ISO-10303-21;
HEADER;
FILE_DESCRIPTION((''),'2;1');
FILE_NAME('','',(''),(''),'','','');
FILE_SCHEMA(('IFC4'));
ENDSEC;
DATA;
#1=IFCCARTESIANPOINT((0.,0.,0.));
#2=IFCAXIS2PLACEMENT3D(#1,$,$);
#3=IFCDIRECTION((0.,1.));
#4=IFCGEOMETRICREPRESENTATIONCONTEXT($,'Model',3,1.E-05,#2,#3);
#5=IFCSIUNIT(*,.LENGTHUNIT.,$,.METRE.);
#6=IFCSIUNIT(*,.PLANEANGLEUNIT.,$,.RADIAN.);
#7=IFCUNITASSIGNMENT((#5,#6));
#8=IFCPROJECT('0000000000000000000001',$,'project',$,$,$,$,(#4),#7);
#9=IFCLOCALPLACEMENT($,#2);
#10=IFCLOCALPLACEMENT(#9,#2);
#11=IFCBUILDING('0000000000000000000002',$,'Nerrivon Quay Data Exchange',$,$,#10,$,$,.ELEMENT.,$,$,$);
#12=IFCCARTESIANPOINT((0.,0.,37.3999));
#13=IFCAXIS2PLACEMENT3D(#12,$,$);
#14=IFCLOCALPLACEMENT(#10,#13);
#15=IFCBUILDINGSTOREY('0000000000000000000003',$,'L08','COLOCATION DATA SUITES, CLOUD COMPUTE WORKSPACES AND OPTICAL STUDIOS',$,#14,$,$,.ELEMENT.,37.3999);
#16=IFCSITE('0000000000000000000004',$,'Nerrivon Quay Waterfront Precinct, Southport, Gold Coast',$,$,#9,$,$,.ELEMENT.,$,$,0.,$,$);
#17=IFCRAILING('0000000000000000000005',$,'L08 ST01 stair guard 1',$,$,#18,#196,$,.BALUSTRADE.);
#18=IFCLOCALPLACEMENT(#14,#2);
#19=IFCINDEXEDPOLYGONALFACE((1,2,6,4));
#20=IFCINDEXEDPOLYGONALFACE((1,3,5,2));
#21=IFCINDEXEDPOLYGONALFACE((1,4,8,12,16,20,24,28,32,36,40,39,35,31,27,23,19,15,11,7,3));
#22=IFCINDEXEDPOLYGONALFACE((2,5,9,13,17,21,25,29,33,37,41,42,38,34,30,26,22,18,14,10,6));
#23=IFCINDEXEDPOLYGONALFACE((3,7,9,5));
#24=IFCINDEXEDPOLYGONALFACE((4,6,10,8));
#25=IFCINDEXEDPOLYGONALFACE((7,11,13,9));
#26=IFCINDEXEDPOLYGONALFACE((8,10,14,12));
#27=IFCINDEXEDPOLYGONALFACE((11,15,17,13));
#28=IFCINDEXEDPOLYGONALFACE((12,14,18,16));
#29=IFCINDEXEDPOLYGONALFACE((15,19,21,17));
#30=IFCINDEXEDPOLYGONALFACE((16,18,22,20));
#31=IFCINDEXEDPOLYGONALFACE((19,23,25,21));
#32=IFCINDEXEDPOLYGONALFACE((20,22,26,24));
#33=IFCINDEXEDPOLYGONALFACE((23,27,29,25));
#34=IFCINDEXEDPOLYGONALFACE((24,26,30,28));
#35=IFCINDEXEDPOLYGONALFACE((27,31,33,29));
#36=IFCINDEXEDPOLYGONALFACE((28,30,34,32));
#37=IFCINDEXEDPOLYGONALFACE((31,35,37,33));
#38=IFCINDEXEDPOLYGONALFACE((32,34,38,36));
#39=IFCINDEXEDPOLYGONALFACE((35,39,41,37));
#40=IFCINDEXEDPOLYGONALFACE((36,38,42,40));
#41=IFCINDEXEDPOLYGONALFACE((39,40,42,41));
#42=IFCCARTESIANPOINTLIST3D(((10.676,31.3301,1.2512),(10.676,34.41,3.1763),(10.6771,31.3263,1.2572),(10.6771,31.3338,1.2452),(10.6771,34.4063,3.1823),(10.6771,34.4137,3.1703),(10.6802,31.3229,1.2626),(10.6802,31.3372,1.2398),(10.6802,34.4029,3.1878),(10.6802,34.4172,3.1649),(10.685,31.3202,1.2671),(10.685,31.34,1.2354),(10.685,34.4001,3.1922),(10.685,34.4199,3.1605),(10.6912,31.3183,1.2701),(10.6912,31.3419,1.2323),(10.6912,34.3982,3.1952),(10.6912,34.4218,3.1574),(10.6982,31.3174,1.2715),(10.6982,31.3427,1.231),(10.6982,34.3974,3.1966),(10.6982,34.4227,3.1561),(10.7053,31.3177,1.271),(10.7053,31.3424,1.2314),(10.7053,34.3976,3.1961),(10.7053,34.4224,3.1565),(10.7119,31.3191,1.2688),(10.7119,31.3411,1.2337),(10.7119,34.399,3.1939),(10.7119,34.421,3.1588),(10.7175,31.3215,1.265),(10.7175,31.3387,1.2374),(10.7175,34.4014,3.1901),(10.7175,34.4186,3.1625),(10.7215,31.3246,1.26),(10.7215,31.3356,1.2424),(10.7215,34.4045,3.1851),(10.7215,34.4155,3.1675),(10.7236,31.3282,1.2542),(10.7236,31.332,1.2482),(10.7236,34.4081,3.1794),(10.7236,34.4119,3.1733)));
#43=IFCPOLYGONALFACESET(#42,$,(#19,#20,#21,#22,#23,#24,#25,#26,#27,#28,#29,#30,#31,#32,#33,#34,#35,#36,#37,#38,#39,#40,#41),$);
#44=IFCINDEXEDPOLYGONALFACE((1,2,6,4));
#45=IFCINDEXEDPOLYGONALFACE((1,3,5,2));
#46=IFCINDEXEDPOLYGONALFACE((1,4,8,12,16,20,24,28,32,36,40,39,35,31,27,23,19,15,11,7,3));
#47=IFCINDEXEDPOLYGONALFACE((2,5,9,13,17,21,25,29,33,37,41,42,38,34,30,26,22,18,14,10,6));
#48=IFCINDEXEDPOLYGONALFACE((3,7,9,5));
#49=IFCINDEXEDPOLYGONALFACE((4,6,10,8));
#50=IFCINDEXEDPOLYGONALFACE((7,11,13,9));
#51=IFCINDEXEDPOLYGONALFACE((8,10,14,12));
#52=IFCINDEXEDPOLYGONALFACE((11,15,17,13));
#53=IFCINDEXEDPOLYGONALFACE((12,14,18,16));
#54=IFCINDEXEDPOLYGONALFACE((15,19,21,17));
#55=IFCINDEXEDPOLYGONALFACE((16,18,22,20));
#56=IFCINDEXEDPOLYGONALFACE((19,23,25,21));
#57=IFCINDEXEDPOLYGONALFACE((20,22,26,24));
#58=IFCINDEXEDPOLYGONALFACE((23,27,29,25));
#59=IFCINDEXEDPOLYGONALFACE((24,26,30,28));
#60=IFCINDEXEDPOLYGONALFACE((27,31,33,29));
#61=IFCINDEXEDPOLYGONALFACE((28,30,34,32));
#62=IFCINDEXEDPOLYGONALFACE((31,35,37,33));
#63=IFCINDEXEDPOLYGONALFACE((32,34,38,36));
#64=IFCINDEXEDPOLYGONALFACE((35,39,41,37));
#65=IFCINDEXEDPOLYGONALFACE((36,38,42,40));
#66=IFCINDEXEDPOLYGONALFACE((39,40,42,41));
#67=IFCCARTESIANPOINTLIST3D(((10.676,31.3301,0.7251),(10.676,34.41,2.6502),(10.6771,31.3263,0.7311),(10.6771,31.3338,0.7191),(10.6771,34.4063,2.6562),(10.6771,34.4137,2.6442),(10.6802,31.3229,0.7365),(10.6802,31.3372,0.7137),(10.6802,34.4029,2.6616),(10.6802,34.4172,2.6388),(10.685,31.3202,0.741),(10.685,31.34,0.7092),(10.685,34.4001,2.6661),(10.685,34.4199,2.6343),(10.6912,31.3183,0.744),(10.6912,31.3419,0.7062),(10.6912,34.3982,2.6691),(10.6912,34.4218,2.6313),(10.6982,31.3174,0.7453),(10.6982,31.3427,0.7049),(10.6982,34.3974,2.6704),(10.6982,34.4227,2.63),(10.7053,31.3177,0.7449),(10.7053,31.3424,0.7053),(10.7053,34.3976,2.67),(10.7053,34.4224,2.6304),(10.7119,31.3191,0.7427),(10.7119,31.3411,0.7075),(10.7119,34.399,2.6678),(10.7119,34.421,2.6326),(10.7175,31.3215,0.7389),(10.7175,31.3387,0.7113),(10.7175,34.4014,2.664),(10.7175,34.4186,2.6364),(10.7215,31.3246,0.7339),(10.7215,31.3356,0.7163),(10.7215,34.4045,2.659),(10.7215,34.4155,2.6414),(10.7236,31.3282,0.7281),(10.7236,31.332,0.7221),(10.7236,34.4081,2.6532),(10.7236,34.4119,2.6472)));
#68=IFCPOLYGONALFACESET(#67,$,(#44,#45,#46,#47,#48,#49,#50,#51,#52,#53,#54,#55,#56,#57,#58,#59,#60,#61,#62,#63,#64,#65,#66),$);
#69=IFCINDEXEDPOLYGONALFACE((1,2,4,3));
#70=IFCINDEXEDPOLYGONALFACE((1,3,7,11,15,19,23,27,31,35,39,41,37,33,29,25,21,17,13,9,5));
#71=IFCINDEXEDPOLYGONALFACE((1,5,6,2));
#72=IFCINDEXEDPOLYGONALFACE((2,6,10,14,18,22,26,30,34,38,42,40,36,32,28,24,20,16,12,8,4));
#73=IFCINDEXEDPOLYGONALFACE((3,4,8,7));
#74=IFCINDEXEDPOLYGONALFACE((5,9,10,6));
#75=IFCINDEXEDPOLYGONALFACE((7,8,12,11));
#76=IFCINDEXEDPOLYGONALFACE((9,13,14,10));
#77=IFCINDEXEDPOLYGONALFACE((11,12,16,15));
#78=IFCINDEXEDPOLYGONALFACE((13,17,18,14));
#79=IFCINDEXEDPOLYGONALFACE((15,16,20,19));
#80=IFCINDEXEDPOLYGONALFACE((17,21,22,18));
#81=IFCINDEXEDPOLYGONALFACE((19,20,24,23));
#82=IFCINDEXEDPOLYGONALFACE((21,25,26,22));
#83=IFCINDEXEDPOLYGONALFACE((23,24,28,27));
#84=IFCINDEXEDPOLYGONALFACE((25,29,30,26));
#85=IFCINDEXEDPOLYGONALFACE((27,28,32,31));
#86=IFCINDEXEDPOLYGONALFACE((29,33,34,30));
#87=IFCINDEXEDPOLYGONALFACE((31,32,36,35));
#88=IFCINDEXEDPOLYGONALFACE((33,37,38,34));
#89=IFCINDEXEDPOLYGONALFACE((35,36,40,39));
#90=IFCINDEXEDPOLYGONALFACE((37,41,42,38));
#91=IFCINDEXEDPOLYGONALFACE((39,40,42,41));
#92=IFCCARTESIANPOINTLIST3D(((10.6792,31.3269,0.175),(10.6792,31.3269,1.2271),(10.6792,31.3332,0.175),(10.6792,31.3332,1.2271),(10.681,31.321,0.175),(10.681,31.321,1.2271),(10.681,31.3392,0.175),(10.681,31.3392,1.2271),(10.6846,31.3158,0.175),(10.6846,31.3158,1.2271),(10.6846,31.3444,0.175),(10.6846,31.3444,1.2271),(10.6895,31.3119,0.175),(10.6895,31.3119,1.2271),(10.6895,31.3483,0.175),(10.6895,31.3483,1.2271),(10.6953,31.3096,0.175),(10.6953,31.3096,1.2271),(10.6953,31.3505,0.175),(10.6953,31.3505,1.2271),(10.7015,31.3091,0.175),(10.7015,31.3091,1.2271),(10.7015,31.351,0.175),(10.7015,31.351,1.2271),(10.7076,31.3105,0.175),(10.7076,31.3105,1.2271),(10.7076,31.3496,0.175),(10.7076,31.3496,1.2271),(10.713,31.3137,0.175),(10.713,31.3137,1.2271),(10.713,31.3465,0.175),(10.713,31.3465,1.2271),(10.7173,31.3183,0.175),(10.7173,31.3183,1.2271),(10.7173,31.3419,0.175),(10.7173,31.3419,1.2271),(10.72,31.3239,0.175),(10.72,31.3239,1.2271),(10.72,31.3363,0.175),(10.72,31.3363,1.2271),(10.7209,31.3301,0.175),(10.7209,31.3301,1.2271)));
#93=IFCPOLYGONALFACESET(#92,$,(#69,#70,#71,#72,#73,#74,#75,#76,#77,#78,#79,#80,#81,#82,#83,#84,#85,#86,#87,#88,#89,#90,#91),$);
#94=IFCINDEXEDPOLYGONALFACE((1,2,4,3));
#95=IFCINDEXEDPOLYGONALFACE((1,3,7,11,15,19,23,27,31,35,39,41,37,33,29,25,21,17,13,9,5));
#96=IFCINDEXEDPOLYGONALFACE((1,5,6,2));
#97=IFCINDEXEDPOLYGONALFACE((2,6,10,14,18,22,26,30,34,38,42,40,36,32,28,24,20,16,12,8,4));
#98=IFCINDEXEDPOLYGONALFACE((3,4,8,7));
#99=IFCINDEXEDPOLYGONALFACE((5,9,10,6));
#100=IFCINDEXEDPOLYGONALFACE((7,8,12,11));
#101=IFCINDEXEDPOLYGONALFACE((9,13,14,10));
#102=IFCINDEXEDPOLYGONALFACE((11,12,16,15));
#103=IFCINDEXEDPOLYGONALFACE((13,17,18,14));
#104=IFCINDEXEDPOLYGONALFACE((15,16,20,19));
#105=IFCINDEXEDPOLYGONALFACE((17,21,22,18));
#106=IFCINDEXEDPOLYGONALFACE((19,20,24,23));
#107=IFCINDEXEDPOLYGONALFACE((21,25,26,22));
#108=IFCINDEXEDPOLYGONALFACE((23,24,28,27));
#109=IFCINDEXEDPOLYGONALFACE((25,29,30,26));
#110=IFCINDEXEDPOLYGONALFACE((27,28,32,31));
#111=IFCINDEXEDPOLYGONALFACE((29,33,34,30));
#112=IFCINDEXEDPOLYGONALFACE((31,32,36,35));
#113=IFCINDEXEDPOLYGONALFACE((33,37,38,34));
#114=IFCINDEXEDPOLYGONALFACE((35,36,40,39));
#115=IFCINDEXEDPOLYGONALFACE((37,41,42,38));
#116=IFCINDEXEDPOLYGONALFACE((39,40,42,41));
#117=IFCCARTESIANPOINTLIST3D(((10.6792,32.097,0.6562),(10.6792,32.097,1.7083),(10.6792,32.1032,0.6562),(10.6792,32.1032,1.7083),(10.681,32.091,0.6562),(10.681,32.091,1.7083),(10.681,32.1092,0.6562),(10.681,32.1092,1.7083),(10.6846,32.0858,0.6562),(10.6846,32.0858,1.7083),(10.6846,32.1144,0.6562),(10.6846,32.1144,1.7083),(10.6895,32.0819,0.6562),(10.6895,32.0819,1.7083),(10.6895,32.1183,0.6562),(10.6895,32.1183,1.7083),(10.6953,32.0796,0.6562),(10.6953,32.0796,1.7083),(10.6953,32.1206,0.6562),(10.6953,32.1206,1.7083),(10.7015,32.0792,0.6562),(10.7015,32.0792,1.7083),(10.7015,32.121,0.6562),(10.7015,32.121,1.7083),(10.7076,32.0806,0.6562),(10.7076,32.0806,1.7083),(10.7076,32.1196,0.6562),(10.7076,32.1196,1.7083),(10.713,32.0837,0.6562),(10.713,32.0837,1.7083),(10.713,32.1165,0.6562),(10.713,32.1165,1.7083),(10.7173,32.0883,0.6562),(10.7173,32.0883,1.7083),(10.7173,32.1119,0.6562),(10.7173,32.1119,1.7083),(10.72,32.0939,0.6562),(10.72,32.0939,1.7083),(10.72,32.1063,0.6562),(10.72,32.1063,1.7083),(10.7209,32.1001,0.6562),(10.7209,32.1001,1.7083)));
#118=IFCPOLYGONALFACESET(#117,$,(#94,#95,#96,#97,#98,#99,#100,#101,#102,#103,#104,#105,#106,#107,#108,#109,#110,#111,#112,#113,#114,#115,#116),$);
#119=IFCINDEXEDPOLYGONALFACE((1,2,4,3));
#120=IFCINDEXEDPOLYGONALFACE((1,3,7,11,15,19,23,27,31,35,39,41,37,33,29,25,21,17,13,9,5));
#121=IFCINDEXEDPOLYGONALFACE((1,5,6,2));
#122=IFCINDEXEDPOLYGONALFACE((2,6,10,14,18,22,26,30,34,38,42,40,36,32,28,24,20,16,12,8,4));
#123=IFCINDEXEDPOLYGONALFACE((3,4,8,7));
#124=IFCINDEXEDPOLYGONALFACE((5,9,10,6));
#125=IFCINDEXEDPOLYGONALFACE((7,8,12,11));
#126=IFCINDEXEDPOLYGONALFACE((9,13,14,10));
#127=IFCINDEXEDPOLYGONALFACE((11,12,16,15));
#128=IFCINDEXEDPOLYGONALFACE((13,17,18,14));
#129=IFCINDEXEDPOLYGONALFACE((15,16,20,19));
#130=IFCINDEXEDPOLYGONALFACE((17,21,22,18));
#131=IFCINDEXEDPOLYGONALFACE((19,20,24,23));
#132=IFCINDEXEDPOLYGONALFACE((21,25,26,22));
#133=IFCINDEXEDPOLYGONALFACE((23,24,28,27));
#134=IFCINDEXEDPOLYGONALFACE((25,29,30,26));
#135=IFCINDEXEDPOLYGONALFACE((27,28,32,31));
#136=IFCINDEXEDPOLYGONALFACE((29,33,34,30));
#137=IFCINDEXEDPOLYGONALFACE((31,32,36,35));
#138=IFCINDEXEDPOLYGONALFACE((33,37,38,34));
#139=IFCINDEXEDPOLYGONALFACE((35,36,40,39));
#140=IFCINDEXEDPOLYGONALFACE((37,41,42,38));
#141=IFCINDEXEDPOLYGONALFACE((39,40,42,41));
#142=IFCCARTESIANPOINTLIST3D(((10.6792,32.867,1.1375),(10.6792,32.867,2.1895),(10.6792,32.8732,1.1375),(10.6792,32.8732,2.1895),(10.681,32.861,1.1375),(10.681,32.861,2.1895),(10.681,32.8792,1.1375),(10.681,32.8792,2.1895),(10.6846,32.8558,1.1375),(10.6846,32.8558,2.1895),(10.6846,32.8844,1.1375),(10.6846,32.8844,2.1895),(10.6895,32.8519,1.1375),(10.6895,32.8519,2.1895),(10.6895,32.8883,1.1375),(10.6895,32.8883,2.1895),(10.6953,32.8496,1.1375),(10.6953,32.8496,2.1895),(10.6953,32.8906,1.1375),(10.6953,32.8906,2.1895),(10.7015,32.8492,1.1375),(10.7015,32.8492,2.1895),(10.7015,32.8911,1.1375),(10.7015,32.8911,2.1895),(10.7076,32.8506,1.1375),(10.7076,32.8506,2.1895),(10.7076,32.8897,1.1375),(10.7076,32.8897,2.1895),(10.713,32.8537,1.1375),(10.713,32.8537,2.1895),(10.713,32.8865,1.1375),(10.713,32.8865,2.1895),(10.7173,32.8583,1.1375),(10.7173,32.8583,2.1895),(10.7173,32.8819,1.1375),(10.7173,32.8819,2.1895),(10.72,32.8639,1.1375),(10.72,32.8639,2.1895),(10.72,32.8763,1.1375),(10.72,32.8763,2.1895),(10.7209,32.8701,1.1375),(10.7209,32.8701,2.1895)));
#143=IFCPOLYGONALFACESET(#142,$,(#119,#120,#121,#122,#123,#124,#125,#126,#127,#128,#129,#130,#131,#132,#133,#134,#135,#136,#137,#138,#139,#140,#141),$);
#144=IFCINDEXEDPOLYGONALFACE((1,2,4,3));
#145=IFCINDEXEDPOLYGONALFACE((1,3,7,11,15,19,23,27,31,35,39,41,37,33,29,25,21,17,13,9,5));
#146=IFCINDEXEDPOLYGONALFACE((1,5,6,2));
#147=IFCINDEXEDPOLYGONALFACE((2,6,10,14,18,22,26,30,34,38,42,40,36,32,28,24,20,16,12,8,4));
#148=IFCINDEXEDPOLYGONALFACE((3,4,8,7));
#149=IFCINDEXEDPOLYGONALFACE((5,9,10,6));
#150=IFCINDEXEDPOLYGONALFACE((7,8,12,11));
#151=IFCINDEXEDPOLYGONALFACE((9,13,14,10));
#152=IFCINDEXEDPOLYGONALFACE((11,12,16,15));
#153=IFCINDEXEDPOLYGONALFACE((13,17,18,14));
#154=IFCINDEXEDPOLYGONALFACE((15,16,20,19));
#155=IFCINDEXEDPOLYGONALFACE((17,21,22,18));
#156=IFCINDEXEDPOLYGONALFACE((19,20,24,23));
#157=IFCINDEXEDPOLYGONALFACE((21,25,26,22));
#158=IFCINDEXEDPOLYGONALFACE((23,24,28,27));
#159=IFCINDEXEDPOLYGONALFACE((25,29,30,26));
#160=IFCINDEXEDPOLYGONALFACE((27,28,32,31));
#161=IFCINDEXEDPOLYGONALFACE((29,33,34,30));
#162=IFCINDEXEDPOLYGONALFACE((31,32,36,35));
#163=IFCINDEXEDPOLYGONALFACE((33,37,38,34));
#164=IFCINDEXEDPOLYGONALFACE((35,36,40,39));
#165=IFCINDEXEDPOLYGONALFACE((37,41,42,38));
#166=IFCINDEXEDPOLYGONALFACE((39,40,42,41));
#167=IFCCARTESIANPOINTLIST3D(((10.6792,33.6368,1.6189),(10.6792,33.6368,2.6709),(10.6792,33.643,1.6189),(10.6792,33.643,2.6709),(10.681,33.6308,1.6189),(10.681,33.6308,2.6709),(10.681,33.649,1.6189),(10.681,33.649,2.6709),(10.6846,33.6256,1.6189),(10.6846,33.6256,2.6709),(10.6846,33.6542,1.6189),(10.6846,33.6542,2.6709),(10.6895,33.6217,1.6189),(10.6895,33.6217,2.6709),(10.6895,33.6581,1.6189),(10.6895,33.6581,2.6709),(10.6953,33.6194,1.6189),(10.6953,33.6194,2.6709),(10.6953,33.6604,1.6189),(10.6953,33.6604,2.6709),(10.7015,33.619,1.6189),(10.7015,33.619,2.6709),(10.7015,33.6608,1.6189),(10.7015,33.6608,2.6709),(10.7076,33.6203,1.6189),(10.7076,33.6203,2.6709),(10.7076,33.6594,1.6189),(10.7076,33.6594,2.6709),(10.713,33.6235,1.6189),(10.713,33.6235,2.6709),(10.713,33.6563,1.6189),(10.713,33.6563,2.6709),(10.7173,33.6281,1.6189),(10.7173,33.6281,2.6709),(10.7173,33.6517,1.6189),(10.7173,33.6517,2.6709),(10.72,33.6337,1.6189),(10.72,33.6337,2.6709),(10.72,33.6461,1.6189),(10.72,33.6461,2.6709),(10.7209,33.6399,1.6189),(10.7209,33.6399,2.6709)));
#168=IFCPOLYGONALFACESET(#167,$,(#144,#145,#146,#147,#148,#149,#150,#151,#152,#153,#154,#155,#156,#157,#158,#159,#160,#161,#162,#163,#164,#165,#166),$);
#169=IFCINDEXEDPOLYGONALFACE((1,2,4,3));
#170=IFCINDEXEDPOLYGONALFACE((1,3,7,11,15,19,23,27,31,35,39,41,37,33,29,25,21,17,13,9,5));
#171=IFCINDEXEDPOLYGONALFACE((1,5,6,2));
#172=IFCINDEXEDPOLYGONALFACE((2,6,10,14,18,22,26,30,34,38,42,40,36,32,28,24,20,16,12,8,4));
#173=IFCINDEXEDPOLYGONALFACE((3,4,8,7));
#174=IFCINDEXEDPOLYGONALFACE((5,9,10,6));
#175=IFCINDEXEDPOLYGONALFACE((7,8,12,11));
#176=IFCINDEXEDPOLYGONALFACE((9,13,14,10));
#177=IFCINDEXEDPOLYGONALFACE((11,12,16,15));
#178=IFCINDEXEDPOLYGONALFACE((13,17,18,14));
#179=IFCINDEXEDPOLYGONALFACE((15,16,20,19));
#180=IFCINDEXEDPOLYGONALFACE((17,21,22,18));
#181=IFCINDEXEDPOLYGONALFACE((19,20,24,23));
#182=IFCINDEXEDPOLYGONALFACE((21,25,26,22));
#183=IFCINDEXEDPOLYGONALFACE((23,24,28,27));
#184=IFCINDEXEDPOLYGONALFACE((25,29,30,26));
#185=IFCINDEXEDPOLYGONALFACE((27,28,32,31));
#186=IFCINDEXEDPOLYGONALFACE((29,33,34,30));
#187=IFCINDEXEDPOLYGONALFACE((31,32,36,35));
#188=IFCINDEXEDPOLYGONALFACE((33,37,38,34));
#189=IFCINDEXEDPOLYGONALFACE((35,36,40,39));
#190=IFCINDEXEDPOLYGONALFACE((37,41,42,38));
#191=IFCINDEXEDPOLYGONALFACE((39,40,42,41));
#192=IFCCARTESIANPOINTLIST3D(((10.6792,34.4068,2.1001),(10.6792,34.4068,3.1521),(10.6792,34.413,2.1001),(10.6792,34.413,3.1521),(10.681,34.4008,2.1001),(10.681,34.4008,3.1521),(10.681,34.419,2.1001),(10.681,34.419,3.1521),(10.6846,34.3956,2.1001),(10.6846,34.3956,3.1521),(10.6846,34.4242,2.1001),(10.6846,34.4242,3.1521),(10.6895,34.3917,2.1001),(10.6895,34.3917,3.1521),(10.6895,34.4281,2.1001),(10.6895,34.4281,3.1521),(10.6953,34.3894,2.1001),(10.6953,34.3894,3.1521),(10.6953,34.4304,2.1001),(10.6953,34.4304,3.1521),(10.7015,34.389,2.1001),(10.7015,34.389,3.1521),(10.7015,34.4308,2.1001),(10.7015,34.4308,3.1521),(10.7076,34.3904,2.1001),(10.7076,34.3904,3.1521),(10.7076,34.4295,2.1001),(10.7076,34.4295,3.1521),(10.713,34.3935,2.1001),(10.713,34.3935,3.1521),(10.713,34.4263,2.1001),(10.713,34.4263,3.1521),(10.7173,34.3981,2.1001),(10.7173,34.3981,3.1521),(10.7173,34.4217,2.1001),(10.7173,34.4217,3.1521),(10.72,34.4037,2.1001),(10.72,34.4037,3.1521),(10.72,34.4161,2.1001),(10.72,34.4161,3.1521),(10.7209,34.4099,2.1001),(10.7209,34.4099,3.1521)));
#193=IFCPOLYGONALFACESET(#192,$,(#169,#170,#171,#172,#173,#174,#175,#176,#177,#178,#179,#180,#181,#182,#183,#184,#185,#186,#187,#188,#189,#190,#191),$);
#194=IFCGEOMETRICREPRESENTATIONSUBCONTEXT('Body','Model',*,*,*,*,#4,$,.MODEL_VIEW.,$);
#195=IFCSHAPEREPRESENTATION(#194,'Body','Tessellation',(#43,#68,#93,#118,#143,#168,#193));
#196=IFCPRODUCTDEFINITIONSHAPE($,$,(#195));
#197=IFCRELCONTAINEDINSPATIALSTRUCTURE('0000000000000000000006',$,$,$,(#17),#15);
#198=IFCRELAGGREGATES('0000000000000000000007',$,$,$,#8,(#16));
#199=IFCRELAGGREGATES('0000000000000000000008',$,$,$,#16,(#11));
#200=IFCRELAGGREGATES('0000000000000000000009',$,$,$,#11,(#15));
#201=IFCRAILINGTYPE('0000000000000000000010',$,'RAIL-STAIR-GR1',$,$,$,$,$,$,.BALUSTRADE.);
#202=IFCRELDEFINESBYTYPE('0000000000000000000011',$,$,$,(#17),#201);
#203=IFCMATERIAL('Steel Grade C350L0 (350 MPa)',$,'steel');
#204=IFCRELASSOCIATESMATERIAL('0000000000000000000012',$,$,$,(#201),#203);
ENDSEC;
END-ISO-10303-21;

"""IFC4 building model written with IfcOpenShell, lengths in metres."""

from ifc_helpers import new_model, si_unit, direction, frame, origin, origin_2d, place, context, subcontext, project, spatial, circle, extrude, material, type_object, element, save


model = new_model("IFC4")

# Units and contexts
model_context = context("Model", 3, precision=1e-05, world=origin(), true_north=direction((0.0, 1.0)))
body_context = subcontext(model_context, "Body", "Model", "MODEL_VIEW")
ifc_project = project(units=[si_unit("LENGTHUNIT", "METRE"), si_unit("PLANEANGLEUNIT", "RADIAN")], contexts=[model_context])

# Site, building, storey
site_placement = place(None, origin())
site = spatial("IfcSite", under=ifc_project, at=site_placement, Name="Nerrivon Quay Waterfront Precinct, Southport, Gold Coast", CompositionType="ELEMENT", RefElevation=0.0)
building_placement = place(site_placement, origin())
building = spatial("IfcBuilding", under=site, at=building_placement, Name="Nerrivon Quay Data Exchange", CompositionType="ELEMENT")
storey_placement = place(building_placement, frame((0.0, 0.0, 37.3999)))
storey = spatial("IfcBuildingStorey", under=building, at=storey_placement, Name="L08", Description="COLOCATION DATA SUITES, CLOUD COMPUTE WORKSPACES AND OPTICAL STUDIOS", CompositionType="ELEMENT", Elevation=37.3999)

# Railing
ifc_material_1 = material(Name="Steel Grade C350L0 (350 MPa)", Category="steel")
railing_type_1 = type_object("IfcRailingType", Name="RAIL-STAIR-GR1", PredefinedType="BALUSTRADE", material=ifc_material_1)
railing_1_placement = place(storey_placement, frame((10.7, 31.3301, 0.175)))
element("IfcRailing", 1, at=railing_1_placement, inside=storey, type_object=railing_type_1, Name="L08 ST01 stair guard 1", PredefinedType="BALUSTRADE", context=body_context, shape_type="SweptSolid", body=[
    extrude(circle(Radius=0.0239, at=origin_2d()), frame((0.0, 0.0, 1.0762), z_axis=(0.0, 0.847979, 0.530029), x_axis=(-1.0, 0.0, 0.0)), (0.0, 0.0, 1.0), 3.6321),
    extrude(circle(Radius=0.0239, at=origin_2d()), frame((0.0, 0.0, 0.55), z_axis=(0.0, 0.847979, 0.530029), x_axis=(-1.0, 0.0, 0.0)), (0.0, 0.0, 1.0), 3.6321),
    extrude(circle(Radius=0.021, at=origin_2d()), origin(), (0.0, 0.0, 1.0), 1.052),
    extrude(circle(Radius=0.021, at=origin_2d()), frame((0.0, 0.77, 0.4812)), (0.0, 0.0, 1.0), 1.052),
    extrude(circle(Radius=0.021, at=origin_2d()), frame((0.0, 1.54, 0.9624)), (0.0, 0.0, 1.0), 1.052),
    extrude(circle(Radius=0.021, at=origin_2d()), frame((0.0, 2.3098, 1.4438)), (0.0, 0.0, 1.0), 1.052),
    extrude(circle(Radius=0.021, at=origin_2d()), frame((0.0, 3.0798, 1.925)), (0.0, 0.0, 1.0), 1.052),
])

save(model, "model.ifc")
